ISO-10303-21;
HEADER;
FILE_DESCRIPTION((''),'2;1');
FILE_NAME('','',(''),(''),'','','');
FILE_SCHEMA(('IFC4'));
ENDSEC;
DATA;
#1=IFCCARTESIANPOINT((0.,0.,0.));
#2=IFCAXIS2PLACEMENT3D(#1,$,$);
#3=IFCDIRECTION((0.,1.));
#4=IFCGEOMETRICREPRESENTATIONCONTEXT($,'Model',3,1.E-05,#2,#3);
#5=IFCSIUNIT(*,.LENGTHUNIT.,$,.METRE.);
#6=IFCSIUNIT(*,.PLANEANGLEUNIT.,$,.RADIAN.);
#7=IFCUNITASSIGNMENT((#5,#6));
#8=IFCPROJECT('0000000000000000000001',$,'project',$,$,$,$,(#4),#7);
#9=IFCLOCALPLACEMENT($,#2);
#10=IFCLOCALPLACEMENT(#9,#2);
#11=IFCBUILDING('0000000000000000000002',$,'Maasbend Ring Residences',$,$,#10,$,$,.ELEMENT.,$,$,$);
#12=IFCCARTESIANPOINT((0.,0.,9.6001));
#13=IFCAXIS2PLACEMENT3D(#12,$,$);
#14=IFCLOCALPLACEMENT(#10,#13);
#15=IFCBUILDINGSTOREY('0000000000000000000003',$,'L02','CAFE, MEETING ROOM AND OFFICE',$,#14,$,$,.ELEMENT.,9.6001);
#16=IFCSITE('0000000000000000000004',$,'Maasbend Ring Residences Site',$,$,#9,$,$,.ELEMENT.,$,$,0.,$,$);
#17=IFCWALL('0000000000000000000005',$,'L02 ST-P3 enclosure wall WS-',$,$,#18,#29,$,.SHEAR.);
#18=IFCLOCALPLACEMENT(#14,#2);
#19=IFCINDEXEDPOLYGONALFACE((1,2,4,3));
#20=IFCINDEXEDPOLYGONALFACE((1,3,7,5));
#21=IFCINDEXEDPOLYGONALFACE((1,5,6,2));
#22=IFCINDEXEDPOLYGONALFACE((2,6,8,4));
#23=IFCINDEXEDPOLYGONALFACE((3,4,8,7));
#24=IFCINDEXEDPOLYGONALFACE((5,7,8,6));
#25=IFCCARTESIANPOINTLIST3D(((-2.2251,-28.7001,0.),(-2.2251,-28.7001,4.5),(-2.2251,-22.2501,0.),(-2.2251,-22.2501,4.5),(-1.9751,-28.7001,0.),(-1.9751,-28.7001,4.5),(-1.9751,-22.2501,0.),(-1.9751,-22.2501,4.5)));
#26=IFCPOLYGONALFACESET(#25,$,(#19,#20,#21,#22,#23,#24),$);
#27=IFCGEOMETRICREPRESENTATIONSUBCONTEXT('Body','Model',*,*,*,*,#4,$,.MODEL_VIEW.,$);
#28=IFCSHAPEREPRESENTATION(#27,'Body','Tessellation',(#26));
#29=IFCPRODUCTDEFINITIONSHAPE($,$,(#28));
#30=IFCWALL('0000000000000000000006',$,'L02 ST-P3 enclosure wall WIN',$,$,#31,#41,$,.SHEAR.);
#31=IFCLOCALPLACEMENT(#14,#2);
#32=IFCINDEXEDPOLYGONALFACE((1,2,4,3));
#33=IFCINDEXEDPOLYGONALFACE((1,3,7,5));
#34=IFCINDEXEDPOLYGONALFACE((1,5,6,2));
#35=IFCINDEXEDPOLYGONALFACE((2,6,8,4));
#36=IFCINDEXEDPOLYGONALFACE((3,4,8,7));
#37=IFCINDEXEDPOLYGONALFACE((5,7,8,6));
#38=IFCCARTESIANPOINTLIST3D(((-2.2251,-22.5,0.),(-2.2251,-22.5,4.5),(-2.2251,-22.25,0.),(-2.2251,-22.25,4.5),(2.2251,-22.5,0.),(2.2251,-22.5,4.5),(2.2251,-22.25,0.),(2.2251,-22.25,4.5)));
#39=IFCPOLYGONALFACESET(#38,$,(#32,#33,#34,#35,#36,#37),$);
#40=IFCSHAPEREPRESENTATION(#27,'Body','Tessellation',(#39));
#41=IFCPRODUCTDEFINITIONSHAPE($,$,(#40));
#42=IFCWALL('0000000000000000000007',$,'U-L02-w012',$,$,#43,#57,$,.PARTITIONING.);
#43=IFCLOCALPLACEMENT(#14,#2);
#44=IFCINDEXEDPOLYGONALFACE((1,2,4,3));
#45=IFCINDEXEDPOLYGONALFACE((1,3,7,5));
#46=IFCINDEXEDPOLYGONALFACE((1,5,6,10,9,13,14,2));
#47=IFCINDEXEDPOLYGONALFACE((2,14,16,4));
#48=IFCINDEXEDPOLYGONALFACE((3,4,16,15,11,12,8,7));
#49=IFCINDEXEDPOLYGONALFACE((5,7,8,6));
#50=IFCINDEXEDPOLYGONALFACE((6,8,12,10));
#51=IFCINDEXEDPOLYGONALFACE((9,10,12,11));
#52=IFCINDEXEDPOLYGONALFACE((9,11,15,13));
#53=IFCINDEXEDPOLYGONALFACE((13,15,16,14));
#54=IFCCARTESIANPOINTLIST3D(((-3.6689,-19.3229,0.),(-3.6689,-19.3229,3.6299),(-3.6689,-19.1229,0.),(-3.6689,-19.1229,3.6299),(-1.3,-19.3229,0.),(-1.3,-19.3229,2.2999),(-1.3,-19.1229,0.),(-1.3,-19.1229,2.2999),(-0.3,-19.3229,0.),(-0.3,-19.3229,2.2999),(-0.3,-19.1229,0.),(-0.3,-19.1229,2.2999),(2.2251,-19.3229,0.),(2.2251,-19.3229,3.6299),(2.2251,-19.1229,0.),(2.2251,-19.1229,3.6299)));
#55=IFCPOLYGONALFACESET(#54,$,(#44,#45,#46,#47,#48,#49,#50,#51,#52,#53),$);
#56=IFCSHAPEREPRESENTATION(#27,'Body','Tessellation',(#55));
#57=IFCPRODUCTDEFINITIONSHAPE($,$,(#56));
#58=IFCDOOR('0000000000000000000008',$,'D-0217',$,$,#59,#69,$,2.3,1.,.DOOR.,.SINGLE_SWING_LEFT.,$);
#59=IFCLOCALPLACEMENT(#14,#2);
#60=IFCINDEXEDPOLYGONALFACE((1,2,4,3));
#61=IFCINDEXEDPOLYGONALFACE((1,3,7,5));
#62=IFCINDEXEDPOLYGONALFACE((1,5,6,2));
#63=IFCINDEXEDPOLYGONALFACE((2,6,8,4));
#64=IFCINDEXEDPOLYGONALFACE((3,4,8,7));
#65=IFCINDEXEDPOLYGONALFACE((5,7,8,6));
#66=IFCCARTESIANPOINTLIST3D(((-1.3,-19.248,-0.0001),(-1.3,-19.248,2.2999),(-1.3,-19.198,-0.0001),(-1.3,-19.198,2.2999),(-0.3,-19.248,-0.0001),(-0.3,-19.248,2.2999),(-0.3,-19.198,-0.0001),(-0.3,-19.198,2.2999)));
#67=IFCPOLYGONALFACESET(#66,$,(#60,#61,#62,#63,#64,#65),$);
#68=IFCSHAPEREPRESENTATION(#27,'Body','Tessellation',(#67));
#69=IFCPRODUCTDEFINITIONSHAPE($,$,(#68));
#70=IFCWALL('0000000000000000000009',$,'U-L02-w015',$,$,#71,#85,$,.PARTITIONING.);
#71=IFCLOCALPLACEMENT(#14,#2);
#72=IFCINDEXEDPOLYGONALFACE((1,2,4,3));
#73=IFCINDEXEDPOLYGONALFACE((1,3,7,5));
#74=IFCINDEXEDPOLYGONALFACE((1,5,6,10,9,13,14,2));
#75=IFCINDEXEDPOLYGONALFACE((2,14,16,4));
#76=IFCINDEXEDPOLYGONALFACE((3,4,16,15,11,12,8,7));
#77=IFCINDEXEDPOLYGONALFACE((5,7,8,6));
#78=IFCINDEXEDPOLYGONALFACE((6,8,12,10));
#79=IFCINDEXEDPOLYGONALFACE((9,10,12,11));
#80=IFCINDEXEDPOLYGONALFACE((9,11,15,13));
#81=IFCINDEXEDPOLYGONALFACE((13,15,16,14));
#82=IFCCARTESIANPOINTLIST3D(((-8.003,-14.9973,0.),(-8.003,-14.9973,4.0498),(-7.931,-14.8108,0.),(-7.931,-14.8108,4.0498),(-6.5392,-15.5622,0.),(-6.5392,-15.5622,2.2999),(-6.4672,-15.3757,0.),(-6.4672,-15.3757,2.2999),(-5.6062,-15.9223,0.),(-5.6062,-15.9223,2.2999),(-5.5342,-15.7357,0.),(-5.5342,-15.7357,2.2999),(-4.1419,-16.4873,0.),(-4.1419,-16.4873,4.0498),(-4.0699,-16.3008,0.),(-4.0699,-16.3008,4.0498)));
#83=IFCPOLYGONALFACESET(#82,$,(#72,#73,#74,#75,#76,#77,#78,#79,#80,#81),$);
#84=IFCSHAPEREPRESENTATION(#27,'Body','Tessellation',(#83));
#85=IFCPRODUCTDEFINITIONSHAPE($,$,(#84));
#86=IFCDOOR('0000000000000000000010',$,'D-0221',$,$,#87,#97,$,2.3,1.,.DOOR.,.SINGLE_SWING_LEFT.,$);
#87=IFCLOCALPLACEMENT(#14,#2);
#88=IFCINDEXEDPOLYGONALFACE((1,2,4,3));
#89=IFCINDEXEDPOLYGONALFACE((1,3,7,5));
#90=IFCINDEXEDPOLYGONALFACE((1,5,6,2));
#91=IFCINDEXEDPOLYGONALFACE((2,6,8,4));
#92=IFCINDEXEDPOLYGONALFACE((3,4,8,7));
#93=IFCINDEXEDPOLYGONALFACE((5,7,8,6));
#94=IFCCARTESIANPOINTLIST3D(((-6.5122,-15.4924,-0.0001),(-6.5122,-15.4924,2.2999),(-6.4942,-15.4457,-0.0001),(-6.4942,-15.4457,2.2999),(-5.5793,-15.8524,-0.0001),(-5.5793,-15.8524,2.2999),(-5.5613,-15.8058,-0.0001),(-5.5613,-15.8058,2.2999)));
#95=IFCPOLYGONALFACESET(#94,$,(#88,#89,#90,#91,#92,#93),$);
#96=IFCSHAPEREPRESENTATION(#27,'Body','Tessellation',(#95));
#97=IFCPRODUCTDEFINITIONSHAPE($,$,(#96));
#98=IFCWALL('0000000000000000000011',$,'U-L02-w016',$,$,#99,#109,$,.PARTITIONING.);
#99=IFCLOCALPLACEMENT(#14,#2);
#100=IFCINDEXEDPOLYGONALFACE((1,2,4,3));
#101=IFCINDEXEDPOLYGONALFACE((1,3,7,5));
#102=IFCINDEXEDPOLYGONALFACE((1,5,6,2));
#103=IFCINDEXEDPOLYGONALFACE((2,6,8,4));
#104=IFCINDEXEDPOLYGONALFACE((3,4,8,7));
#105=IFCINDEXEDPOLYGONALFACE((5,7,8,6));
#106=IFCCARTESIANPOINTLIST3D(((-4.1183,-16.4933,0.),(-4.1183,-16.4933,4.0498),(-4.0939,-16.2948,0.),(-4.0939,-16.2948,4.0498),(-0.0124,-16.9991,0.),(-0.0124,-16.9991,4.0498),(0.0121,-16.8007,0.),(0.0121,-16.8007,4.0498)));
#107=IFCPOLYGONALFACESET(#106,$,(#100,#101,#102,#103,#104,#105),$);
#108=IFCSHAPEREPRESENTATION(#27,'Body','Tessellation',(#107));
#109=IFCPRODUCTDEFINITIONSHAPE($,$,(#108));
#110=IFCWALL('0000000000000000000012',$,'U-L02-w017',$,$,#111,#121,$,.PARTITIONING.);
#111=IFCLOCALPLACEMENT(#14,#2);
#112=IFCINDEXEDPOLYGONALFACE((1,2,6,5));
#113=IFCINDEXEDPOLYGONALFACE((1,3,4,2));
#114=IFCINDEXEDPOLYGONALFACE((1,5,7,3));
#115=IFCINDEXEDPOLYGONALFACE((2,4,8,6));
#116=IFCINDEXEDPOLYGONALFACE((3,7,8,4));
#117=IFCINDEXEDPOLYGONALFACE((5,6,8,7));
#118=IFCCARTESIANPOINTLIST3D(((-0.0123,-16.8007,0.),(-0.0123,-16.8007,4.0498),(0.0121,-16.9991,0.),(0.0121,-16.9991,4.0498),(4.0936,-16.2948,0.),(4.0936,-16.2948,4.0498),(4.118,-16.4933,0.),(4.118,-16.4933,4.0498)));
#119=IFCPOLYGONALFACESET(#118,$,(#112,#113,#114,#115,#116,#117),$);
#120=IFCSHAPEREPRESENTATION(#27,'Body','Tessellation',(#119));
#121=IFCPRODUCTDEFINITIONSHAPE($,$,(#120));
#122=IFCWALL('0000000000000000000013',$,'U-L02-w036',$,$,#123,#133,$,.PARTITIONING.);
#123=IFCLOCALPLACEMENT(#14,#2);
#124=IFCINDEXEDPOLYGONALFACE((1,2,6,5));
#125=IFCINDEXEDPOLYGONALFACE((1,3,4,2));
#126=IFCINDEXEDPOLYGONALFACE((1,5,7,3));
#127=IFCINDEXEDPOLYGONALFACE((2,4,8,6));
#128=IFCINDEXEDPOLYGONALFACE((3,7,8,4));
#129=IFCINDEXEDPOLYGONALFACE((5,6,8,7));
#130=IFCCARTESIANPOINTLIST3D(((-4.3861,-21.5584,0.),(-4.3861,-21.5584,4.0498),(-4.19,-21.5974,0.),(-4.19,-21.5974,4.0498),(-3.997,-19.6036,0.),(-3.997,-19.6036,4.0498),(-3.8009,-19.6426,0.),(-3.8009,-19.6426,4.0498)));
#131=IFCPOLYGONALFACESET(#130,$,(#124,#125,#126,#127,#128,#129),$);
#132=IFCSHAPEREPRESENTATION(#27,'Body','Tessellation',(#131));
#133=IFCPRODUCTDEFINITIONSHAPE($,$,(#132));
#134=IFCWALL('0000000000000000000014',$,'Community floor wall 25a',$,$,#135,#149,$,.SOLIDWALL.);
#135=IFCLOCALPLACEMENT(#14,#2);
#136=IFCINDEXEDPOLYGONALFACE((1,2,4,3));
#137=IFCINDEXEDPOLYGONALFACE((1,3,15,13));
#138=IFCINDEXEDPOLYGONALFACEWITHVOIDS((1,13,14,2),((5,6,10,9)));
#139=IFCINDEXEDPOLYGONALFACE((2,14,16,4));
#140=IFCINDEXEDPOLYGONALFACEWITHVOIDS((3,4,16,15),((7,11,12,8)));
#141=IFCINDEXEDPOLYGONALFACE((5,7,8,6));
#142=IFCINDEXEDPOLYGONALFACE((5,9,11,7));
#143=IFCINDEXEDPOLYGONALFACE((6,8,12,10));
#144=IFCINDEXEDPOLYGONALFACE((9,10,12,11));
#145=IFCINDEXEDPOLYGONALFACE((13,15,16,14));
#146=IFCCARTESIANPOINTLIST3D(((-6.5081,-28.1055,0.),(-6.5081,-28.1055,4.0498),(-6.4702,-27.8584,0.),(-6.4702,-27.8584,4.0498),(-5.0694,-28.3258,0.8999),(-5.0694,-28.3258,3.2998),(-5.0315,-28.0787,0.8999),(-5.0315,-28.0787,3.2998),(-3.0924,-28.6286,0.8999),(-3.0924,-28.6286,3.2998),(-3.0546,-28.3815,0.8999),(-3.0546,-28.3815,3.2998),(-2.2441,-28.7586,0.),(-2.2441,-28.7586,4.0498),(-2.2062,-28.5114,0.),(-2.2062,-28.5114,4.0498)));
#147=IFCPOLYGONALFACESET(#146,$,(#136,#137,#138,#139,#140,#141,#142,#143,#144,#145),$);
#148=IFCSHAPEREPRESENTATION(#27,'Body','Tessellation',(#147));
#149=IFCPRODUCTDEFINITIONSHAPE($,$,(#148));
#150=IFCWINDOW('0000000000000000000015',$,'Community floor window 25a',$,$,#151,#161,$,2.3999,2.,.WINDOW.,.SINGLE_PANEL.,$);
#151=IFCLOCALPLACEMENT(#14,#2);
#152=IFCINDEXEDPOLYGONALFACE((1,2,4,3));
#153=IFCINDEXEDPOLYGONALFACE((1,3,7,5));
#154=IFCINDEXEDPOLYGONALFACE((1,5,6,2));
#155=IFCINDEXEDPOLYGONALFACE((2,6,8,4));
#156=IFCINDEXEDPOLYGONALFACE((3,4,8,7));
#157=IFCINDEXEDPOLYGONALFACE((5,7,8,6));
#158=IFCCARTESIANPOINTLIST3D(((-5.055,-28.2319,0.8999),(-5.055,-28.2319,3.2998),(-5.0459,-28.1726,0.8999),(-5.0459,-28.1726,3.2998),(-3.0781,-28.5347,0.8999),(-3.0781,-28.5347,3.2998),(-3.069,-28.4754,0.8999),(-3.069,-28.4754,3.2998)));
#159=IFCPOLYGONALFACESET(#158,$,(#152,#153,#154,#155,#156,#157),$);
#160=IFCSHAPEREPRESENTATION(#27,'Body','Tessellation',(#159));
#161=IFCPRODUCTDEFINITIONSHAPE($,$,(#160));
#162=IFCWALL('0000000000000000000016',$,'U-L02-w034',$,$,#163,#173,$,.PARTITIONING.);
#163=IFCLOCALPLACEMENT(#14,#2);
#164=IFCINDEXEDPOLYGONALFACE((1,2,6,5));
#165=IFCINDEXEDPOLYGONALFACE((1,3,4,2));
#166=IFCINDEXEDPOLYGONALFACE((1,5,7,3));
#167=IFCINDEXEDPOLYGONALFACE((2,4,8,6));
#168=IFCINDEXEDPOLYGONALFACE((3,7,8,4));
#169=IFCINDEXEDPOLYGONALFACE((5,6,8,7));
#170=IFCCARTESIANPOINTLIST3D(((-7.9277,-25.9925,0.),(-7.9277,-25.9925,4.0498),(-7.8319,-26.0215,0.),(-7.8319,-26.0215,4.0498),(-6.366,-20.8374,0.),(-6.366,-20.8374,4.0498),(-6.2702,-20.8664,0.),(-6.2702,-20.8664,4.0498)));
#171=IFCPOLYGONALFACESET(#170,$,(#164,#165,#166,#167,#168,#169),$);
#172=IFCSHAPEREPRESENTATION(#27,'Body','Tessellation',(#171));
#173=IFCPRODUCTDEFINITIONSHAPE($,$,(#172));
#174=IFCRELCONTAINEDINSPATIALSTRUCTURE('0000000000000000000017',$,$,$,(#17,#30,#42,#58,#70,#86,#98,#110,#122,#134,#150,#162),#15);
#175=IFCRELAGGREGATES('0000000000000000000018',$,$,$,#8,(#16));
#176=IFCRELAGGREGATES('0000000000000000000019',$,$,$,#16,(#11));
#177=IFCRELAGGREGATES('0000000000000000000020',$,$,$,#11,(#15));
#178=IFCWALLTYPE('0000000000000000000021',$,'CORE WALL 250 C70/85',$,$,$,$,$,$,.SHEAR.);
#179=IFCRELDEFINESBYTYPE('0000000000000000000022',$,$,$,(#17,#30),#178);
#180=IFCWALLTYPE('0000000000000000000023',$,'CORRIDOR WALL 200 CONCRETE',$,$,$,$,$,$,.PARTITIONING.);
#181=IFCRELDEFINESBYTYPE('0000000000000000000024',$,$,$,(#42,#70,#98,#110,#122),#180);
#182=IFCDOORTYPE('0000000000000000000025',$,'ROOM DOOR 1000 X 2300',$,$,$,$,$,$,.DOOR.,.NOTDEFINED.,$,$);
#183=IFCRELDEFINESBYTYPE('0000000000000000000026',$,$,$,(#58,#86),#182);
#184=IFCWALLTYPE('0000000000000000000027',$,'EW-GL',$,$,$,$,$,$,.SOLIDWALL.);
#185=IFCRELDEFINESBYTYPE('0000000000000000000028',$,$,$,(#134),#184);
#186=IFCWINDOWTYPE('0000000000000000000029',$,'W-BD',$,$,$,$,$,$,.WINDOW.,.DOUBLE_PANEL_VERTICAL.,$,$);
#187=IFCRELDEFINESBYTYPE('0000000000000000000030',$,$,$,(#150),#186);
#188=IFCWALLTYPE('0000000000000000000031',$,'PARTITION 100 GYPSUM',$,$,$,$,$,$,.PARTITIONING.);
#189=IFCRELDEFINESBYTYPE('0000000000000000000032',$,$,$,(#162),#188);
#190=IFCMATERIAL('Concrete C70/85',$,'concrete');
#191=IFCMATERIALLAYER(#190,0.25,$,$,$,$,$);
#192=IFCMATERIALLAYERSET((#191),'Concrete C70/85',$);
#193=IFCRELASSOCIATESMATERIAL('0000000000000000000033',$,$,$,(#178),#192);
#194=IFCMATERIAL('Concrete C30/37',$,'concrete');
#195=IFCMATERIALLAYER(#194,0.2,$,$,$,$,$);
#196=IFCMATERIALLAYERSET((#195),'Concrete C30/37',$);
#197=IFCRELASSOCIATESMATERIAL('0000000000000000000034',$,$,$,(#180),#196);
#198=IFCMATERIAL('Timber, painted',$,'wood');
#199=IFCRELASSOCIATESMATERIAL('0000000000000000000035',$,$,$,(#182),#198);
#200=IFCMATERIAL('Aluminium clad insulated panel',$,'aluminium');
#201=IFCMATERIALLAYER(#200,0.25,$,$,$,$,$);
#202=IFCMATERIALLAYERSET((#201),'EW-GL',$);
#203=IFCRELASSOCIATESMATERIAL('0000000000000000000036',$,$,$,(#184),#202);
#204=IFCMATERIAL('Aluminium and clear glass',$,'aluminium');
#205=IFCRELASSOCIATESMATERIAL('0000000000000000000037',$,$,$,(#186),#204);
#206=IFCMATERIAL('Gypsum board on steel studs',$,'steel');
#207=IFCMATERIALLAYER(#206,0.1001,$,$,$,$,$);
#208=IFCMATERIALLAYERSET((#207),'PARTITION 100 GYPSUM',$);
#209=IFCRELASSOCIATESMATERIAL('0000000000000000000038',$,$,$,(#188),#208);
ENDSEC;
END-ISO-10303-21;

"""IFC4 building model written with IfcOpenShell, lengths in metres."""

from ifc_helpers import new_model, si_unit, direction, frame, frame_2d, origin, place, context, subcontext, project, spatial, rectangle, extrude, material, layer, layer_set, type_object, element, fill, save


model = new_model("IFC4")

# Units and contexts
model_context = context("Model", 3, precision=1e-05, world=origin(), true_north=direction((0.0, 1.0)))
body_context = subcontext(model_context, "Body", "Model", "MODEL_VIEW")
ifc_project = project(units=[si_unit("LENGTHUNIT", "METRE"), si_unit("PLANEANGLEUNIT", "RADIAN")], contexts=[model_context])

# Site, building, storey
site_placement = place(None, origin())
site = spatial("IfcSite", under=ifc_project, at=site_placement, Name="Maasbend Ring Residences Site", CompositionType="ELEMENT", RefElevation=0.0)
building_placement = place(site_placement, origin())
building = spatial("IfcBuilding", under=site, at=building_placement, Name="Maasbend Ring Residences", CompositionType="ELEMENT")
storey_placement = place(building_placement, frame((0.0, 0.0, 9.6001)))
storey = spatial("IfcBuildingStorey", under=building, at=storey_placement, Name="L02", Description="CAFE, MEETING ROOM AND OFFICE", CompositionType="ELEMENT", Elevation=9.6001)

# Walls
ifc_material_1 = material(Name="Concrete C70/85", Category="concrete")
ifc_layer_1 = layer(ifc_material_1, 0.25)
ifc_layer_set_1 = layer_set([ifc_layer_1], Name="Concrete C70/85")
wall_type_1 = type_object("IfcWallType", Name="CORE WALL 250 C70/85", PredefinedType="SHEAR", material=ifc_layer_set_1)
wall_1_placement = place(storey_placement, frame((-2.1001, -22.25, 0.0), z_axis=(0.0, 0.0, 1.0), x_axis=(0.0, -1.0, 0.0)))
element("IfcWall", 1, at=wall_1_placement, inside=storey, type_object=wall_type_1, Name="L02 ST-P3 enclosure wall WS-", PredefinedType="SHEAR", context=body_context, shape_type="SweptSolid", body=[
    extrude(rectangle(XDim=6.45, YDim=0.25, at=frame_2d((3.2251, 0.0))), origin(), (0.0, 0.0, 1.0), 4.5),
])
wall_2_placement = place(storey_placement, frame((-2.2251, -22.375, 0.0), z_axis=(0.0, 0.0, 1.0), x_axis=(1.0, 0.0, 0.0)))
element("IfcWall", 2, at=wall_2_placement, inside=storey, type_object=wall_type_1, Name="L02 ST-P3 enclosure wall WIN", PredefinedType="SHEAR", context=body_context, shape_type="SweptSolid", body=[
    extrude(rectangle(XDim=4.4502, YDim=0.25, at=frame_2d((2.2251, 0.0))), origin(), (0.0, 0.0, 1.0), 4.5),
])

# Walls, openings, doors
ifc_material_2 = material(Name="Concrete C30/37", Category="concrete")
ifc_layer_2 = layer(ifc_material_2, 0.2)
ifc_layer_set_2 = layer_set([ifc_layer_2], Name="Concrete C30/37")
wall_type_2 = type_object("IfcWallType", Name="CORRIDOR WALL 200 CONCRETE", PredefinedType="PARTITIONING", material=ifc_layer_set_2)
wall_3_placement = place(storey_placement, frame((-3.6689, -19.2229, 0.0), z_axis=(0.0, 0.0, 1.0), x_axis=(1.0, 0.0, 0.0)))
wall_3 = element("IfcWall", 3, at=wall_3_placement, inside=storey, type_object=wall_type_2, Name="U-L02-w012", PredefinedType="PARTITIONING", context=body_context, shape_type="SweptSolid", body=[
    extrude(rectangle(XDim=5.894, YDim=0.2, at=frame_2d((2.947, 0.0))), origin(), (0.0, 0.0, 1.0), 3.6299),
])
opening_1_placement = place(wall_3_placement, frame((2.3689, 0.0, 0.0)))
opening_1 = element("IfcOpeningElement", 4, at=opening_1_placement, cuts=wall_3, PredefinedType="OPENING", context=body_context, shape_type="SweptSolid", body=[
    extrude(rectangle(XDim=1.0, YDim=2.3, at=frame_2d((0.5, 1.1499))), frame((0.0, 0.1099, 0.0), z_axis=(0.0, -1.0, 0.0), x_axis=(1.0, 0.0, 0.0)), (0.0, 0.0, 1.0), 0.22),
])
ifc_material_3 = material(Name="Timber, painted", Category="wood")
door_type = type_object("IfcDoorType", Name="ROOM DOOR 1000 X 2300", OperationType="NOTDEFINED", PredefinedType="DOOR", material=ifc_material_3)
door_1_placement = place(opening_1_placement, origin())
door_1 = element("IfcDoor", 5, at=door_1_placement, inside=storey, type_object=door_type, Name="D-0217", OperationType="SINGLE_SWING_LEFT", OverallHeight=2.3, OverallWidth=1.0, PredefinedType="DOOR", context=body_context, shape_type="SweptSolid", body=[
    extrude(rectangle(XDim=1.0, YDim=2.3, at=frame_2d((0.5, 1.1499))), frame((0.0, 0.0249, 0.0), z_axis=(0.0, -1.0, 0.0), x_axis=(1.0, 0.0, 0.0)), (0.0, 0.0, 1.0), 0.05),
])
fill(opening_1, door_1)
wall_4_placement = place(storey_placement, frame((-7.967, -14.9041, 0.0), z_axis=(0.0, 0.0, 1.0), x_axis=(0.932944, -0.360022, 0.0)))
wall_4 = element("IfcWall", 6, at=wall_4_placement, inside=storey, type_object=wall_type_2, Name="U-L02-w015", PredefinedType="PARTITIONING", context=body_context, shape_type="SweptSolid", body=[
    extrude(rectangle(XDim=4.1387, YDim=0.2, at=frame_2d((2.0693, 0.0))), origin(), (0.0, 0.0, 1.0), 4.0498),
])
opening_2_placement = place(wall_4_placement, frame((1.5691, 0.0, 0.0)))
opening_2 = element("IfcOpeningElement", 7, at=opening_2_placement, cuts=wall_4, PredefinedType="OPENING", context=body_context, shape_type="SweptSolid", body=[
    extrude(rectangle(XDim=1.0, YDim=2.3, at=frame_2d((0.5, 1.1499))), frame((0.0, 0.1099, 0.0), z_axis=(0.0, -1.0, 0.0), x_axis=(1.0, 0.0, 0.0)), (0.0, 0.0, 1.0), 0.22),
])
door_2_placement = place(opening_2_placement, origin())
door_2 = element("IfcDoor", 8, at=door_2_placement, inside=storey, type_object=door_type, Name="D-0221", OperationType="SINGLE_SWING_LEFT", OverallHeight=2.3, OverallWidth=1.0, PredefinedType="DOOR", context=body_context, shape_type="SweptSolid", body=[
    extrude(rectangle(XDim=1.0, YDim=2.3, at=frame_2d((0.5, 1.1499))), frame((0.0, 0.0249, 0.0), z_axis=(0.0, -1.0, 0.0), x_axis=(1.0, 0.0, 0.0)), (0.0, 0.0, 1.0), 0.05),
])
fill(opening_2, door_2)

# Walls
for number, where, z_axis, x_axis, name in (
    (9, (-4.106, -16.394, 0.0), (0.0, 0.0, 1.0), (0.992496, -0.122277, 0.0), "U-L02-w016"),
    (10, (0.0, -16.8999, 0.0), (0.0, 0.0, 1.0), (0.992496, 0.122277, 0.0), "U-L02-w017"),
):
    element("IfcWall", number, at=place(storey_placement, frame(where, z_axis=z_axis, x_axis=x_axis)), inside=storey, type_object=wall_type_2, Name=name, PredefinedType="PARTITIONING", context=body_context, shape_type="SweptSolid", body=[
        extrude(rectangle(XDim=4.137, YDim=0.2, at=frame_2d((2.0684, 0.0))), origin(), (0.0, 0.0, 1.0), 4.0498),
    ])
wall_5_placement = place(storey_placement, frame((-4.2881, -21.5779, 0.0), z_axis=(0.0, 0.0, 1.0), x_axis=(0.195245, 0.980755, 0.0)))
element("IfcWall", 11, at=wall_5_placement, inside=storey, type_object=wall_type_2, Name="U-L02-w036", PredefinedType="PARTITIONING", context=body_context, shape_type="SweptSolid", body=[
    extrude(rectangle(XDim=1.9932, YDim=0.2, at=frame_2d((0.9966, 0.0))), origin(), (0.0, 0.0, 1.0), 4.0498),
])

# Wall, opening, window
ifc_material_4 = material(Name="Aluminium clad insulated panel", Category="aluminium")
ifc_layer_3 = layer(ifc_material_4, 0.25)
ifc_layer_set_3 = layer_set([ifc_layer_3], Name="EW-GL")
wall_type_3 = type_object("IfcWallType", Name="EW-GL", PredefinedType="SOLIDWALL", material=ifc_layer_set_3)
wall_6_placement = place(storey_placement, frame((-6.489, -27.9819, 0.0), z_axis=(0.0, 0.0, 1.0), x_axis=(0.988473, -0.151398, 0.0)))
wall_6 = element("IfcWall", 12, at=wall_6_placement, inside=storey, type_object=wall_type_3, Name="Community floor wall 25a", PredefinedType="SOLIDWALL", context=body_context, shape_type="SweptSolid", body=[
    extrude(rectangle(XDim=4.3137, YDim=0.25, at=frame_2d((2.1567, 0.0))), origin(), (0.0, 0.0, 1.0), 4.0498),
])
opening_3_placement = place(wall_6_placement, frame((1.4553, 0.0, 0.8999)))
opening_3 = element("IfcOpeningElement", 13, at=opening_3_placement, cuts=wall_6, PredefinedType="OPENING", context=body_context, shape_type="SweptSolid", body=[
    extrude(rectangle(XDim=2.0, YDim=2.3999, at=frame_2d((1.0, 1.2))), frame((0.0, 0.135, 0.0), z_axis=(0.0, -1.0, 0.0), x_axis=(1.0, 0.0, 0.0)), (0.0, 0.0, 1.0), 0.27),
])
ifc_material_5 = material(Name="Aluminium and clear glass", Category="aluminium")
window_type = type_object("IfcWindowType", Name="W-BD", PartitioningType="DOUBLE_PANEL_VERTICAL", PredefinedType="WINDOW", material=ifc_material_5)
window_placement = place(opening_3_placement, origin())
window = element("IfcWindow", 14, at=window_placement, inside=storey, type_object=window_type, Name="Community floor window 25a", OverallHeight=2.3999, OverallWidth=2.0, PartitioningType="SINGLE_PANEL", PredefinedType="WINDOW", context=body_context, shape_type="SweptSolid", body=[
    extrude(rectangle(XDim=2.0, YDim=2.3999, at=frame_2d((1.0, 1.2))), frame((0.0, 0.03, 0.0), z_axis=(0.0, -1.0, 0.0), x_axis=(1.0, 0.0, 0.0)), (0.0, 0.0, 1.0), 0.0601),
])
fill(opening_3, window)

# Wall
ifc_material_6 = material(Name="Gypsum board on steel studs", Category="steel")
ifc_layer_4 = layer(ifc_material_6, 0.1001)
ifc_layer_set_4 = layer_set([ifc_layer_4], Name="PARTITION 100 GYPSUM")
wall_type_4 = type_object("IfcWallType", Name="PARTITION 100 GYPSUM", PredefinedType="PARTITIONING", material=ifc_layer_set_4)
wall_7_placement = place(storey_placement, frame((-7.8799, -26.0071, 0.0), z_axis=(0.0, 0.0, 1.0), x_axis=(0.289946, 0.957043, 0.0)))
element("IfcWall", 15, at=wall_7_placement, inside=storey, type_object=wall_type_4, Name="U-L02-w034", PredefinedType="PARTITIONING", context=body_context, shape_type="SweptSolid", body=[
    extrude(rectangle(XDim=5.3865, YDim=0.1001, at=frame_2d((2.6934, 0.0))), origin(), (0.0, 0.0, 1.0), 4.0498),
])

save(model, "model.ifc")
